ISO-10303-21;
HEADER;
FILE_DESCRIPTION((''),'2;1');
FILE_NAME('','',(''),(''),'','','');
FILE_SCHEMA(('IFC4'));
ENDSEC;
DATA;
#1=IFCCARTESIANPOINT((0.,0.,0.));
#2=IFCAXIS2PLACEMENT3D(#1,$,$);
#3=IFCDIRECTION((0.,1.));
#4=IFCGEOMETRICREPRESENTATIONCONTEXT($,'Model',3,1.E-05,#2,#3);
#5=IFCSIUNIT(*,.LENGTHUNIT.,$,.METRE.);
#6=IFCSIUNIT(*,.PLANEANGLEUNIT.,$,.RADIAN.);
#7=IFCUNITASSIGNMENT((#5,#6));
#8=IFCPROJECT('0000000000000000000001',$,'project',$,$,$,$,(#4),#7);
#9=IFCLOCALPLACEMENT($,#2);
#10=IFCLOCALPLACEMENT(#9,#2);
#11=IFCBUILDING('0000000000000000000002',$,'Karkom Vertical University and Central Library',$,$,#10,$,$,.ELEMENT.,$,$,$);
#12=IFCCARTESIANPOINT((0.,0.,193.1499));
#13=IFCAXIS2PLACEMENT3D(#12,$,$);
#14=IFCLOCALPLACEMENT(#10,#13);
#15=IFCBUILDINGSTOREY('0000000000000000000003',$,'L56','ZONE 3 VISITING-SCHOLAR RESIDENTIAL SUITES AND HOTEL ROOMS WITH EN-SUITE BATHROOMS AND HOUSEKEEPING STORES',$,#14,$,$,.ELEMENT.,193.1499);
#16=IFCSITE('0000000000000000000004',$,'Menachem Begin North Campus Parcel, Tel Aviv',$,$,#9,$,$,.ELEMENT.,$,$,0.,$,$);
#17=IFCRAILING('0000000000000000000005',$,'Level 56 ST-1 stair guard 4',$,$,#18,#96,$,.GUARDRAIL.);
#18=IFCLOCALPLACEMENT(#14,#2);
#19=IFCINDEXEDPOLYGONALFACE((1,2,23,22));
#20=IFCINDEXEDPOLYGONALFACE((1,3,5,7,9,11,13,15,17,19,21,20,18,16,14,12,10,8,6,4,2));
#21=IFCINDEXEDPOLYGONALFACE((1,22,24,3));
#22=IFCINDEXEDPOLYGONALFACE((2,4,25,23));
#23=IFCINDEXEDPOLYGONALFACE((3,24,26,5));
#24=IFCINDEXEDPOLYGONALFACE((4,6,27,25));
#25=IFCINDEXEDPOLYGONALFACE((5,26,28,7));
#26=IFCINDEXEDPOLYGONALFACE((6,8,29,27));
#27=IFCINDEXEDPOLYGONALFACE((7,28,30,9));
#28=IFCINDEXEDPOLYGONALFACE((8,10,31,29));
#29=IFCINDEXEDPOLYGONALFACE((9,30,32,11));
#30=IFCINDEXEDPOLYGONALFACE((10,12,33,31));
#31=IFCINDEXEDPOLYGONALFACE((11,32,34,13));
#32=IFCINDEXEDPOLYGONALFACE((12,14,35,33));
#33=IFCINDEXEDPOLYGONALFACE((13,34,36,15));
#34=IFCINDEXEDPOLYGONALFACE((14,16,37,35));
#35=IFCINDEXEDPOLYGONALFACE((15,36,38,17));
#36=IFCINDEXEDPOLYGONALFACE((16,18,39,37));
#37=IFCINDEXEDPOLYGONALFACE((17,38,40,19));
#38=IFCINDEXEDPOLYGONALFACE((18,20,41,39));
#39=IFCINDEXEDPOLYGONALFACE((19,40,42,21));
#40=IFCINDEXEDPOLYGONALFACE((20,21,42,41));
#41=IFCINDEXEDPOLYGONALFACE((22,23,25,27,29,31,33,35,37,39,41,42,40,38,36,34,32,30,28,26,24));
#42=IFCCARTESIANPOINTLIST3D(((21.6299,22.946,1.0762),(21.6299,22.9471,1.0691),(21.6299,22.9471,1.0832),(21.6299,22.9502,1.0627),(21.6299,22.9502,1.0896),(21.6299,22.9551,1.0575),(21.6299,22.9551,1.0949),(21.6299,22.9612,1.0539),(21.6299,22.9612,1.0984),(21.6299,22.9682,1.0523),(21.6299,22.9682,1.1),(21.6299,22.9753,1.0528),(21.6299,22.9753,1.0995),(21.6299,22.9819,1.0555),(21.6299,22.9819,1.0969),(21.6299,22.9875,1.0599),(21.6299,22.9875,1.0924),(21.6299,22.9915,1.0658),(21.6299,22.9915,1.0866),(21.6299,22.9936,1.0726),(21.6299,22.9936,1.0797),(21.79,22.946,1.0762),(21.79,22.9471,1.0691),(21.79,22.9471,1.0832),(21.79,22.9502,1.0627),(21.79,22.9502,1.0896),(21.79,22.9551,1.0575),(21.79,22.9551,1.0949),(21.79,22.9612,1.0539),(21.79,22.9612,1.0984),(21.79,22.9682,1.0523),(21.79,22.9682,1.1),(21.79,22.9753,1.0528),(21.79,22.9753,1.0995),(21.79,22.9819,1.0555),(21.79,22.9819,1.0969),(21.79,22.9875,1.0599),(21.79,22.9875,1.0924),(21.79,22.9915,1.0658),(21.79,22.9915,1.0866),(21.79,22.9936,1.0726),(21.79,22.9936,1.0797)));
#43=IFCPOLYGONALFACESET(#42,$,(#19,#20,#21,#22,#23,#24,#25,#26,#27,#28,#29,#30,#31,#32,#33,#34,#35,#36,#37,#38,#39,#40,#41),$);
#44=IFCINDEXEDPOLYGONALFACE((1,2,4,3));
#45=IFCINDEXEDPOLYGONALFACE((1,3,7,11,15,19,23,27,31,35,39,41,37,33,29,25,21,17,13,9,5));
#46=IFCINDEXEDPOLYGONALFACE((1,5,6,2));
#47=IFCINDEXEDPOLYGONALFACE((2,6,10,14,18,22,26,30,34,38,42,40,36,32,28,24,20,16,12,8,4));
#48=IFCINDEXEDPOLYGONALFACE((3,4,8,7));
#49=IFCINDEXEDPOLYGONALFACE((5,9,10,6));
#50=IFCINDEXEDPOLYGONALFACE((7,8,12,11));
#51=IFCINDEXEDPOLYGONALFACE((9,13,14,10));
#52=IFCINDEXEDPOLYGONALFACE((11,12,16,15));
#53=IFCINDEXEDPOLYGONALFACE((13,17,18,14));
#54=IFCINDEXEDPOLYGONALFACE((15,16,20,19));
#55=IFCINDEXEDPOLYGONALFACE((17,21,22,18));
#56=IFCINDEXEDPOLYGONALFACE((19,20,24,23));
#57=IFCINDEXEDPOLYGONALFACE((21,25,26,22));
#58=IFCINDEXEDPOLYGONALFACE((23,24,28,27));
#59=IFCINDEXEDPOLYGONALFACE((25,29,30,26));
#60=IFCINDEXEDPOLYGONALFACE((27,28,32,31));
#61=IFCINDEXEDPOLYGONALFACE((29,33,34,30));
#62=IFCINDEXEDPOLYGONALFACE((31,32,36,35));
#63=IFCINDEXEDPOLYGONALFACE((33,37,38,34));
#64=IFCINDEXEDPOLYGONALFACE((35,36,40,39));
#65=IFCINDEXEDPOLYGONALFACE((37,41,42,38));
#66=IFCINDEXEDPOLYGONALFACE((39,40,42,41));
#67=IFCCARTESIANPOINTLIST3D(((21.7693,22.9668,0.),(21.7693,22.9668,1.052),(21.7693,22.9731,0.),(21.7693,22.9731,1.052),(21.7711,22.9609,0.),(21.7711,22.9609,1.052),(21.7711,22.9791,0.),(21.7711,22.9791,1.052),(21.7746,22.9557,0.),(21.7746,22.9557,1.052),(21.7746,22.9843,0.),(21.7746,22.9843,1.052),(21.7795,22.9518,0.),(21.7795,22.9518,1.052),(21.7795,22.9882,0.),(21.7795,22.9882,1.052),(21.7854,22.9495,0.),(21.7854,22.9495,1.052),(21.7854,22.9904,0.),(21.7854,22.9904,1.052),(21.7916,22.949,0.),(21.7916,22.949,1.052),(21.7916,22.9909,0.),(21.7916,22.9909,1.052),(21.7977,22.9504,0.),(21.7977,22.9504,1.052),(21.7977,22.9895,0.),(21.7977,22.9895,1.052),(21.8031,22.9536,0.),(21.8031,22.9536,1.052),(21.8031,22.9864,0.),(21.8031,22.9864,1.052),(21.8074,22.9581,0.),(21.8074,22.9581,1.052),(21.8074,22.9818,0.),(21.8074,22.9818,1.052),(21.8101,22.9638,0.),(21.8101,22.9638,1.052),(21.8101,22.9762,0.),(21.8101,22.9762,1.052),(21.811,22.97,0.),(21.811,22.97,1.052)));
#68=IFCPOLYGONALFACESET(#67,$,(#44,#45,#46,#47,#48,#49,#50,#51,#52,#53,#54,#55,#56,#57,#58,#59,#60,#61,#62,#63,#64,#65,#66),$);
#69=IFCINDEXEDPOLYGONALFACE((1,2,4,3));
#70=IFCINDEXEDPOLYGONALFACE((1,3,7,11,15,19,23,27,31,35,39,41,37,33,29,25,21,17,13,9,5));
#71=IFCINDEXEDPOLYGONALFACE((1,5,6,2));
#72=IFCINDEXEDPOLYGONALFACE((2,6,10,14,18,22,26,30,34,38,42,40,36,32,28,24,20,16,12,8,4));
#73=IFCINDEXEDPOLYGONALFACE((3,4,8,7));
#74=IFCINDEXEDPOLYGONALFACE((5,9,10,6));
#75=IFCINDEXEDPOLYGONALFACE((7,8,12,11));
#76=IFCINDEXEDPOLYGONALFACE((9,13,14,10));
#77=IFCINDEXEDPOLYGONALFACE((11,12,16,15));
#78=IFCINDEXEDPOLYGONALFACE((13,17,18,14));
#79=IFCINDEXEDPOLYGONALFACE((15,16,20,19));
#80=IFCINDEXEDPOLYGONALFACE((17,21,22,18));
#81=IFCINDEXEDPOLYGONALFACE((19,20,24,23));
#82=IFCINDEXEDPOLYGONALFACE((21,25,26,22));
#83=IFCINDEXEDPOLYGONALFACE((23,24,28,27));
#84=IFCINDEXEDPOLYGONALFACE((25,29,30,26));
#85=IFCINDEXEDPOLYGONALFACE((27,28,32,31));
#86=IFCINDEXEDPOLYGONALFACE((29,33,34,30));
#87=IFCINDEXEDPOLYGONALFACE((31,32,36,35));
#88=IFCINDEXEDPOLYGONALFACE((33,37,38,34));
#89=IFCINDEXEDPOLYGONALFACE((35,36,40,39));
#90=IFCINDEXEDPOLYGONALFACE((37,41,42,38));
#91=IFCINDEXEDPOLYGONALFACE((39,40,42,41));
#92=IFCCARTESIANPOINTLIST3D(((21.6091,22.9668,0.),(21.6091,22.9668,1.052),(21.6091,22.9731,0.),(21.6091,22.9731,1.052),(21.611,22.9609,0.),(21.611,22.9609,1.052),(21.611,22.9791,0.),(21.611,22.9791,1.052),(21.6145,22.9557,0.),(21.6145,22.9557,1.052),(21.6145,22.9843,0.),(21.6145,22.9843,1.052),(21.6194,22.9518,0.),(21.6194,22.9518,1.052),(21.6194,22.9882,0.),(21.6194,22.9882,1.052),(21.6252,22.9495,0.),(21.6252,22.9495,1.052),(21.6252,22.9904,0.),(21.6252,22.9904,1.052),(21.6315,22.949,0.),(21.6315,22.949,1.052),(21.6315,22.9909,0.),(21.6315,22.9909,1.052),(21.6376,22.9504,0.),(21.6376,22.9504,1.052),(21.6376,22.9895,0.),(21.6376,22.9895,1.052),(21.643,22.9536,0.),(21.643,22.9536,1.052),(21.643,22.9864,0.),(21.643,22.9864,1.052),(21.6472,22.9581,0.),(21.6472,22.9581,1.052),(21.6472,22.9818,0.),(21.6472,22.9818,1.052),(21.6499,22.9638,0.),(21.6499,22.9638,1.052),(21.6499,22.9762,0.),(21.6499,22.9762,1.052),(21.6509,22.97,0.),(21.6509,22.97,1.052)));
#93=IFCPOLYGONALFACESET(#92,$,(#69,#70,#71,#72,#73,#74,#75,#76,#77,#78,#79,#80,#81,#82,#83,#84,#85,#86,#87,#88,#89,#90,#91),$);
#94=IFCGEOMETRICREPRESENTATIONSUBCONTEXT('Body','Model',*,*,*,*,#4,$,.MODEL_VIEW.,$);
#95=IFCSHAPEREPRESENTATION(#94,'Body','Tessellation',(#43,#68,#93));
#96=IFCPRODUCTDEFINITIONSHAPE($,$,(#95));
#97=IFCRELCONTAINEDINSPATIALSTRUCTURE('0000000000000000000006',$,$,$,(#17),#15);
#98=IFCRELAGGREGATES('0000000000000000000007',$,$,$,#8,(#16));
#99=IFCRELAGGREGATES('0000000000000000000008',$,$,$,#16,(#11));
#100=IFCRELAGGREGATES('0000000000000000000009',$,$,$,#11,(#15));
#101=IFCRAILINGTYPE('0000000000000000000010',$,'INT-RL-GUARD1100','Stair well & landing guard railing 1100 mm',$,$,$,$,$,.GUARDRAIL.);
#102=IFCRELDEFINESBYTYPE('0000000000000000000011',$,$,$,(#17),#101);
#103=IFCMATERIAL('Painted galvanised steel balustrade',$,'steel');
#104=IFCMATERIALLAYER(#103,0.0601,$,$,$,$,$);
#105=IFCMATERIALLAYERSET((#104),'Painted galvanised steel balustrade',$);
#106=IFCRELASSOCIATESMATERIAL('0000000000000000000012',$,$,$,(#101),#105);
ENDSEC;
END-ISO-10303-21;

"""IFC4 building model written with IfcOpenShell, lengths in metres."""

from ifc_helpers import new_model, si_unit, direction, frame, origin, origin_2d, place, context, subcontext, project, spatial, circle, extrude, material, layer, layer_set, type_object, element, save


model = new_model("IFC4")

# Units and contexts
model_context = context("Model", 3, precision=1e-05, world=origin(), true_north=direction((0.0, 1.0)))
body_context = subcontext(model_context, "Body", "Model", "MODEL_VIEW")
ifc_project = project(units=[si_unit("LENGTHUNIT", "METRE"), si_unit("PLANEANGLEUNIT", "RADIAN")], contexts=[model_context])

# Site, building, storey
site_placement = place(None, origin())
site = spatial("IfcSite", under=ifc_project, at=site_placement, Name="Menachem Begin North Campus Parcel, Tel Aviv", CompositionType="ELEMENT", RefElevation=0.0)
building_placement = place(site_placement, origin())
building = spatial("IfcBuilding", under=site, at=building_placement, Name="Karkom Vertical University and Central Library", CompositionType="ELEMENT")
storey_placement = place(building_placement, frame((0.0, 0.0, 193.1499)))
storey = spatial("IfcBuildingStorey", under=building, at=storey_placement, Name="L56", Description="ZONE 3 VISITING-SCHOLAR RESIDENTIAL SUITES AND HOTEL ROOMS WITH EN-SUITE BATHROOMS AND HOUSEKEEPING STORES", CompositionType="ELEMENT", Elevation=193.1499)

# Railing
ifc_material_1 = material(Name="Painted galvanised steel balustrade", Category="steel")
ifc_layer_1 = layer(ifc_material_1, 0.0601)
ifc_layer_set_1 = layer_set([ifc_layer_1], Name="Painted galvanised steel balustrade")
railing_type_1 = type_object("IfcRailingType", Name="INT-RL-GUARD1100", Description="Stair well & landing guard railing 1100 mm", PredefinedType="GUARDRAIL", material=ifc_layer_set_1)
railing_1_placement = place(storey_placement, frame((21.79, 22.97, 0.0)))
element("IfcRailing", 1, at=railing_1_placement, inside=storey, type_object=railing_type_1, Name="Level 56 ST-1 stair guard 4", PredefinedType="GUARDRAIL", context=body_context, shape_type="SweptSolid", body=[
    extrude(circle(Radius=0.0239, at=origin_2d()), frame((0.0, 0.0, 1.0762), z_axis=(-1.0, 0.0, 0.0), x_axis=(0.0, -1.0, 0.0)), (0.0, 0.0, 1.0), 0.1602),
    extrude(circle(Radius=0.021, at=origin_2d()), origin(), (0.0, 0.0, 1.0), 1.052),
    extrude(circle(Radius=0.021, at=origin_2d()), frame((-0.1602, 0.0, 0.0)), (0.0, 0.0, 1.0), 1.052),
])

save(model, "model.ifc")
